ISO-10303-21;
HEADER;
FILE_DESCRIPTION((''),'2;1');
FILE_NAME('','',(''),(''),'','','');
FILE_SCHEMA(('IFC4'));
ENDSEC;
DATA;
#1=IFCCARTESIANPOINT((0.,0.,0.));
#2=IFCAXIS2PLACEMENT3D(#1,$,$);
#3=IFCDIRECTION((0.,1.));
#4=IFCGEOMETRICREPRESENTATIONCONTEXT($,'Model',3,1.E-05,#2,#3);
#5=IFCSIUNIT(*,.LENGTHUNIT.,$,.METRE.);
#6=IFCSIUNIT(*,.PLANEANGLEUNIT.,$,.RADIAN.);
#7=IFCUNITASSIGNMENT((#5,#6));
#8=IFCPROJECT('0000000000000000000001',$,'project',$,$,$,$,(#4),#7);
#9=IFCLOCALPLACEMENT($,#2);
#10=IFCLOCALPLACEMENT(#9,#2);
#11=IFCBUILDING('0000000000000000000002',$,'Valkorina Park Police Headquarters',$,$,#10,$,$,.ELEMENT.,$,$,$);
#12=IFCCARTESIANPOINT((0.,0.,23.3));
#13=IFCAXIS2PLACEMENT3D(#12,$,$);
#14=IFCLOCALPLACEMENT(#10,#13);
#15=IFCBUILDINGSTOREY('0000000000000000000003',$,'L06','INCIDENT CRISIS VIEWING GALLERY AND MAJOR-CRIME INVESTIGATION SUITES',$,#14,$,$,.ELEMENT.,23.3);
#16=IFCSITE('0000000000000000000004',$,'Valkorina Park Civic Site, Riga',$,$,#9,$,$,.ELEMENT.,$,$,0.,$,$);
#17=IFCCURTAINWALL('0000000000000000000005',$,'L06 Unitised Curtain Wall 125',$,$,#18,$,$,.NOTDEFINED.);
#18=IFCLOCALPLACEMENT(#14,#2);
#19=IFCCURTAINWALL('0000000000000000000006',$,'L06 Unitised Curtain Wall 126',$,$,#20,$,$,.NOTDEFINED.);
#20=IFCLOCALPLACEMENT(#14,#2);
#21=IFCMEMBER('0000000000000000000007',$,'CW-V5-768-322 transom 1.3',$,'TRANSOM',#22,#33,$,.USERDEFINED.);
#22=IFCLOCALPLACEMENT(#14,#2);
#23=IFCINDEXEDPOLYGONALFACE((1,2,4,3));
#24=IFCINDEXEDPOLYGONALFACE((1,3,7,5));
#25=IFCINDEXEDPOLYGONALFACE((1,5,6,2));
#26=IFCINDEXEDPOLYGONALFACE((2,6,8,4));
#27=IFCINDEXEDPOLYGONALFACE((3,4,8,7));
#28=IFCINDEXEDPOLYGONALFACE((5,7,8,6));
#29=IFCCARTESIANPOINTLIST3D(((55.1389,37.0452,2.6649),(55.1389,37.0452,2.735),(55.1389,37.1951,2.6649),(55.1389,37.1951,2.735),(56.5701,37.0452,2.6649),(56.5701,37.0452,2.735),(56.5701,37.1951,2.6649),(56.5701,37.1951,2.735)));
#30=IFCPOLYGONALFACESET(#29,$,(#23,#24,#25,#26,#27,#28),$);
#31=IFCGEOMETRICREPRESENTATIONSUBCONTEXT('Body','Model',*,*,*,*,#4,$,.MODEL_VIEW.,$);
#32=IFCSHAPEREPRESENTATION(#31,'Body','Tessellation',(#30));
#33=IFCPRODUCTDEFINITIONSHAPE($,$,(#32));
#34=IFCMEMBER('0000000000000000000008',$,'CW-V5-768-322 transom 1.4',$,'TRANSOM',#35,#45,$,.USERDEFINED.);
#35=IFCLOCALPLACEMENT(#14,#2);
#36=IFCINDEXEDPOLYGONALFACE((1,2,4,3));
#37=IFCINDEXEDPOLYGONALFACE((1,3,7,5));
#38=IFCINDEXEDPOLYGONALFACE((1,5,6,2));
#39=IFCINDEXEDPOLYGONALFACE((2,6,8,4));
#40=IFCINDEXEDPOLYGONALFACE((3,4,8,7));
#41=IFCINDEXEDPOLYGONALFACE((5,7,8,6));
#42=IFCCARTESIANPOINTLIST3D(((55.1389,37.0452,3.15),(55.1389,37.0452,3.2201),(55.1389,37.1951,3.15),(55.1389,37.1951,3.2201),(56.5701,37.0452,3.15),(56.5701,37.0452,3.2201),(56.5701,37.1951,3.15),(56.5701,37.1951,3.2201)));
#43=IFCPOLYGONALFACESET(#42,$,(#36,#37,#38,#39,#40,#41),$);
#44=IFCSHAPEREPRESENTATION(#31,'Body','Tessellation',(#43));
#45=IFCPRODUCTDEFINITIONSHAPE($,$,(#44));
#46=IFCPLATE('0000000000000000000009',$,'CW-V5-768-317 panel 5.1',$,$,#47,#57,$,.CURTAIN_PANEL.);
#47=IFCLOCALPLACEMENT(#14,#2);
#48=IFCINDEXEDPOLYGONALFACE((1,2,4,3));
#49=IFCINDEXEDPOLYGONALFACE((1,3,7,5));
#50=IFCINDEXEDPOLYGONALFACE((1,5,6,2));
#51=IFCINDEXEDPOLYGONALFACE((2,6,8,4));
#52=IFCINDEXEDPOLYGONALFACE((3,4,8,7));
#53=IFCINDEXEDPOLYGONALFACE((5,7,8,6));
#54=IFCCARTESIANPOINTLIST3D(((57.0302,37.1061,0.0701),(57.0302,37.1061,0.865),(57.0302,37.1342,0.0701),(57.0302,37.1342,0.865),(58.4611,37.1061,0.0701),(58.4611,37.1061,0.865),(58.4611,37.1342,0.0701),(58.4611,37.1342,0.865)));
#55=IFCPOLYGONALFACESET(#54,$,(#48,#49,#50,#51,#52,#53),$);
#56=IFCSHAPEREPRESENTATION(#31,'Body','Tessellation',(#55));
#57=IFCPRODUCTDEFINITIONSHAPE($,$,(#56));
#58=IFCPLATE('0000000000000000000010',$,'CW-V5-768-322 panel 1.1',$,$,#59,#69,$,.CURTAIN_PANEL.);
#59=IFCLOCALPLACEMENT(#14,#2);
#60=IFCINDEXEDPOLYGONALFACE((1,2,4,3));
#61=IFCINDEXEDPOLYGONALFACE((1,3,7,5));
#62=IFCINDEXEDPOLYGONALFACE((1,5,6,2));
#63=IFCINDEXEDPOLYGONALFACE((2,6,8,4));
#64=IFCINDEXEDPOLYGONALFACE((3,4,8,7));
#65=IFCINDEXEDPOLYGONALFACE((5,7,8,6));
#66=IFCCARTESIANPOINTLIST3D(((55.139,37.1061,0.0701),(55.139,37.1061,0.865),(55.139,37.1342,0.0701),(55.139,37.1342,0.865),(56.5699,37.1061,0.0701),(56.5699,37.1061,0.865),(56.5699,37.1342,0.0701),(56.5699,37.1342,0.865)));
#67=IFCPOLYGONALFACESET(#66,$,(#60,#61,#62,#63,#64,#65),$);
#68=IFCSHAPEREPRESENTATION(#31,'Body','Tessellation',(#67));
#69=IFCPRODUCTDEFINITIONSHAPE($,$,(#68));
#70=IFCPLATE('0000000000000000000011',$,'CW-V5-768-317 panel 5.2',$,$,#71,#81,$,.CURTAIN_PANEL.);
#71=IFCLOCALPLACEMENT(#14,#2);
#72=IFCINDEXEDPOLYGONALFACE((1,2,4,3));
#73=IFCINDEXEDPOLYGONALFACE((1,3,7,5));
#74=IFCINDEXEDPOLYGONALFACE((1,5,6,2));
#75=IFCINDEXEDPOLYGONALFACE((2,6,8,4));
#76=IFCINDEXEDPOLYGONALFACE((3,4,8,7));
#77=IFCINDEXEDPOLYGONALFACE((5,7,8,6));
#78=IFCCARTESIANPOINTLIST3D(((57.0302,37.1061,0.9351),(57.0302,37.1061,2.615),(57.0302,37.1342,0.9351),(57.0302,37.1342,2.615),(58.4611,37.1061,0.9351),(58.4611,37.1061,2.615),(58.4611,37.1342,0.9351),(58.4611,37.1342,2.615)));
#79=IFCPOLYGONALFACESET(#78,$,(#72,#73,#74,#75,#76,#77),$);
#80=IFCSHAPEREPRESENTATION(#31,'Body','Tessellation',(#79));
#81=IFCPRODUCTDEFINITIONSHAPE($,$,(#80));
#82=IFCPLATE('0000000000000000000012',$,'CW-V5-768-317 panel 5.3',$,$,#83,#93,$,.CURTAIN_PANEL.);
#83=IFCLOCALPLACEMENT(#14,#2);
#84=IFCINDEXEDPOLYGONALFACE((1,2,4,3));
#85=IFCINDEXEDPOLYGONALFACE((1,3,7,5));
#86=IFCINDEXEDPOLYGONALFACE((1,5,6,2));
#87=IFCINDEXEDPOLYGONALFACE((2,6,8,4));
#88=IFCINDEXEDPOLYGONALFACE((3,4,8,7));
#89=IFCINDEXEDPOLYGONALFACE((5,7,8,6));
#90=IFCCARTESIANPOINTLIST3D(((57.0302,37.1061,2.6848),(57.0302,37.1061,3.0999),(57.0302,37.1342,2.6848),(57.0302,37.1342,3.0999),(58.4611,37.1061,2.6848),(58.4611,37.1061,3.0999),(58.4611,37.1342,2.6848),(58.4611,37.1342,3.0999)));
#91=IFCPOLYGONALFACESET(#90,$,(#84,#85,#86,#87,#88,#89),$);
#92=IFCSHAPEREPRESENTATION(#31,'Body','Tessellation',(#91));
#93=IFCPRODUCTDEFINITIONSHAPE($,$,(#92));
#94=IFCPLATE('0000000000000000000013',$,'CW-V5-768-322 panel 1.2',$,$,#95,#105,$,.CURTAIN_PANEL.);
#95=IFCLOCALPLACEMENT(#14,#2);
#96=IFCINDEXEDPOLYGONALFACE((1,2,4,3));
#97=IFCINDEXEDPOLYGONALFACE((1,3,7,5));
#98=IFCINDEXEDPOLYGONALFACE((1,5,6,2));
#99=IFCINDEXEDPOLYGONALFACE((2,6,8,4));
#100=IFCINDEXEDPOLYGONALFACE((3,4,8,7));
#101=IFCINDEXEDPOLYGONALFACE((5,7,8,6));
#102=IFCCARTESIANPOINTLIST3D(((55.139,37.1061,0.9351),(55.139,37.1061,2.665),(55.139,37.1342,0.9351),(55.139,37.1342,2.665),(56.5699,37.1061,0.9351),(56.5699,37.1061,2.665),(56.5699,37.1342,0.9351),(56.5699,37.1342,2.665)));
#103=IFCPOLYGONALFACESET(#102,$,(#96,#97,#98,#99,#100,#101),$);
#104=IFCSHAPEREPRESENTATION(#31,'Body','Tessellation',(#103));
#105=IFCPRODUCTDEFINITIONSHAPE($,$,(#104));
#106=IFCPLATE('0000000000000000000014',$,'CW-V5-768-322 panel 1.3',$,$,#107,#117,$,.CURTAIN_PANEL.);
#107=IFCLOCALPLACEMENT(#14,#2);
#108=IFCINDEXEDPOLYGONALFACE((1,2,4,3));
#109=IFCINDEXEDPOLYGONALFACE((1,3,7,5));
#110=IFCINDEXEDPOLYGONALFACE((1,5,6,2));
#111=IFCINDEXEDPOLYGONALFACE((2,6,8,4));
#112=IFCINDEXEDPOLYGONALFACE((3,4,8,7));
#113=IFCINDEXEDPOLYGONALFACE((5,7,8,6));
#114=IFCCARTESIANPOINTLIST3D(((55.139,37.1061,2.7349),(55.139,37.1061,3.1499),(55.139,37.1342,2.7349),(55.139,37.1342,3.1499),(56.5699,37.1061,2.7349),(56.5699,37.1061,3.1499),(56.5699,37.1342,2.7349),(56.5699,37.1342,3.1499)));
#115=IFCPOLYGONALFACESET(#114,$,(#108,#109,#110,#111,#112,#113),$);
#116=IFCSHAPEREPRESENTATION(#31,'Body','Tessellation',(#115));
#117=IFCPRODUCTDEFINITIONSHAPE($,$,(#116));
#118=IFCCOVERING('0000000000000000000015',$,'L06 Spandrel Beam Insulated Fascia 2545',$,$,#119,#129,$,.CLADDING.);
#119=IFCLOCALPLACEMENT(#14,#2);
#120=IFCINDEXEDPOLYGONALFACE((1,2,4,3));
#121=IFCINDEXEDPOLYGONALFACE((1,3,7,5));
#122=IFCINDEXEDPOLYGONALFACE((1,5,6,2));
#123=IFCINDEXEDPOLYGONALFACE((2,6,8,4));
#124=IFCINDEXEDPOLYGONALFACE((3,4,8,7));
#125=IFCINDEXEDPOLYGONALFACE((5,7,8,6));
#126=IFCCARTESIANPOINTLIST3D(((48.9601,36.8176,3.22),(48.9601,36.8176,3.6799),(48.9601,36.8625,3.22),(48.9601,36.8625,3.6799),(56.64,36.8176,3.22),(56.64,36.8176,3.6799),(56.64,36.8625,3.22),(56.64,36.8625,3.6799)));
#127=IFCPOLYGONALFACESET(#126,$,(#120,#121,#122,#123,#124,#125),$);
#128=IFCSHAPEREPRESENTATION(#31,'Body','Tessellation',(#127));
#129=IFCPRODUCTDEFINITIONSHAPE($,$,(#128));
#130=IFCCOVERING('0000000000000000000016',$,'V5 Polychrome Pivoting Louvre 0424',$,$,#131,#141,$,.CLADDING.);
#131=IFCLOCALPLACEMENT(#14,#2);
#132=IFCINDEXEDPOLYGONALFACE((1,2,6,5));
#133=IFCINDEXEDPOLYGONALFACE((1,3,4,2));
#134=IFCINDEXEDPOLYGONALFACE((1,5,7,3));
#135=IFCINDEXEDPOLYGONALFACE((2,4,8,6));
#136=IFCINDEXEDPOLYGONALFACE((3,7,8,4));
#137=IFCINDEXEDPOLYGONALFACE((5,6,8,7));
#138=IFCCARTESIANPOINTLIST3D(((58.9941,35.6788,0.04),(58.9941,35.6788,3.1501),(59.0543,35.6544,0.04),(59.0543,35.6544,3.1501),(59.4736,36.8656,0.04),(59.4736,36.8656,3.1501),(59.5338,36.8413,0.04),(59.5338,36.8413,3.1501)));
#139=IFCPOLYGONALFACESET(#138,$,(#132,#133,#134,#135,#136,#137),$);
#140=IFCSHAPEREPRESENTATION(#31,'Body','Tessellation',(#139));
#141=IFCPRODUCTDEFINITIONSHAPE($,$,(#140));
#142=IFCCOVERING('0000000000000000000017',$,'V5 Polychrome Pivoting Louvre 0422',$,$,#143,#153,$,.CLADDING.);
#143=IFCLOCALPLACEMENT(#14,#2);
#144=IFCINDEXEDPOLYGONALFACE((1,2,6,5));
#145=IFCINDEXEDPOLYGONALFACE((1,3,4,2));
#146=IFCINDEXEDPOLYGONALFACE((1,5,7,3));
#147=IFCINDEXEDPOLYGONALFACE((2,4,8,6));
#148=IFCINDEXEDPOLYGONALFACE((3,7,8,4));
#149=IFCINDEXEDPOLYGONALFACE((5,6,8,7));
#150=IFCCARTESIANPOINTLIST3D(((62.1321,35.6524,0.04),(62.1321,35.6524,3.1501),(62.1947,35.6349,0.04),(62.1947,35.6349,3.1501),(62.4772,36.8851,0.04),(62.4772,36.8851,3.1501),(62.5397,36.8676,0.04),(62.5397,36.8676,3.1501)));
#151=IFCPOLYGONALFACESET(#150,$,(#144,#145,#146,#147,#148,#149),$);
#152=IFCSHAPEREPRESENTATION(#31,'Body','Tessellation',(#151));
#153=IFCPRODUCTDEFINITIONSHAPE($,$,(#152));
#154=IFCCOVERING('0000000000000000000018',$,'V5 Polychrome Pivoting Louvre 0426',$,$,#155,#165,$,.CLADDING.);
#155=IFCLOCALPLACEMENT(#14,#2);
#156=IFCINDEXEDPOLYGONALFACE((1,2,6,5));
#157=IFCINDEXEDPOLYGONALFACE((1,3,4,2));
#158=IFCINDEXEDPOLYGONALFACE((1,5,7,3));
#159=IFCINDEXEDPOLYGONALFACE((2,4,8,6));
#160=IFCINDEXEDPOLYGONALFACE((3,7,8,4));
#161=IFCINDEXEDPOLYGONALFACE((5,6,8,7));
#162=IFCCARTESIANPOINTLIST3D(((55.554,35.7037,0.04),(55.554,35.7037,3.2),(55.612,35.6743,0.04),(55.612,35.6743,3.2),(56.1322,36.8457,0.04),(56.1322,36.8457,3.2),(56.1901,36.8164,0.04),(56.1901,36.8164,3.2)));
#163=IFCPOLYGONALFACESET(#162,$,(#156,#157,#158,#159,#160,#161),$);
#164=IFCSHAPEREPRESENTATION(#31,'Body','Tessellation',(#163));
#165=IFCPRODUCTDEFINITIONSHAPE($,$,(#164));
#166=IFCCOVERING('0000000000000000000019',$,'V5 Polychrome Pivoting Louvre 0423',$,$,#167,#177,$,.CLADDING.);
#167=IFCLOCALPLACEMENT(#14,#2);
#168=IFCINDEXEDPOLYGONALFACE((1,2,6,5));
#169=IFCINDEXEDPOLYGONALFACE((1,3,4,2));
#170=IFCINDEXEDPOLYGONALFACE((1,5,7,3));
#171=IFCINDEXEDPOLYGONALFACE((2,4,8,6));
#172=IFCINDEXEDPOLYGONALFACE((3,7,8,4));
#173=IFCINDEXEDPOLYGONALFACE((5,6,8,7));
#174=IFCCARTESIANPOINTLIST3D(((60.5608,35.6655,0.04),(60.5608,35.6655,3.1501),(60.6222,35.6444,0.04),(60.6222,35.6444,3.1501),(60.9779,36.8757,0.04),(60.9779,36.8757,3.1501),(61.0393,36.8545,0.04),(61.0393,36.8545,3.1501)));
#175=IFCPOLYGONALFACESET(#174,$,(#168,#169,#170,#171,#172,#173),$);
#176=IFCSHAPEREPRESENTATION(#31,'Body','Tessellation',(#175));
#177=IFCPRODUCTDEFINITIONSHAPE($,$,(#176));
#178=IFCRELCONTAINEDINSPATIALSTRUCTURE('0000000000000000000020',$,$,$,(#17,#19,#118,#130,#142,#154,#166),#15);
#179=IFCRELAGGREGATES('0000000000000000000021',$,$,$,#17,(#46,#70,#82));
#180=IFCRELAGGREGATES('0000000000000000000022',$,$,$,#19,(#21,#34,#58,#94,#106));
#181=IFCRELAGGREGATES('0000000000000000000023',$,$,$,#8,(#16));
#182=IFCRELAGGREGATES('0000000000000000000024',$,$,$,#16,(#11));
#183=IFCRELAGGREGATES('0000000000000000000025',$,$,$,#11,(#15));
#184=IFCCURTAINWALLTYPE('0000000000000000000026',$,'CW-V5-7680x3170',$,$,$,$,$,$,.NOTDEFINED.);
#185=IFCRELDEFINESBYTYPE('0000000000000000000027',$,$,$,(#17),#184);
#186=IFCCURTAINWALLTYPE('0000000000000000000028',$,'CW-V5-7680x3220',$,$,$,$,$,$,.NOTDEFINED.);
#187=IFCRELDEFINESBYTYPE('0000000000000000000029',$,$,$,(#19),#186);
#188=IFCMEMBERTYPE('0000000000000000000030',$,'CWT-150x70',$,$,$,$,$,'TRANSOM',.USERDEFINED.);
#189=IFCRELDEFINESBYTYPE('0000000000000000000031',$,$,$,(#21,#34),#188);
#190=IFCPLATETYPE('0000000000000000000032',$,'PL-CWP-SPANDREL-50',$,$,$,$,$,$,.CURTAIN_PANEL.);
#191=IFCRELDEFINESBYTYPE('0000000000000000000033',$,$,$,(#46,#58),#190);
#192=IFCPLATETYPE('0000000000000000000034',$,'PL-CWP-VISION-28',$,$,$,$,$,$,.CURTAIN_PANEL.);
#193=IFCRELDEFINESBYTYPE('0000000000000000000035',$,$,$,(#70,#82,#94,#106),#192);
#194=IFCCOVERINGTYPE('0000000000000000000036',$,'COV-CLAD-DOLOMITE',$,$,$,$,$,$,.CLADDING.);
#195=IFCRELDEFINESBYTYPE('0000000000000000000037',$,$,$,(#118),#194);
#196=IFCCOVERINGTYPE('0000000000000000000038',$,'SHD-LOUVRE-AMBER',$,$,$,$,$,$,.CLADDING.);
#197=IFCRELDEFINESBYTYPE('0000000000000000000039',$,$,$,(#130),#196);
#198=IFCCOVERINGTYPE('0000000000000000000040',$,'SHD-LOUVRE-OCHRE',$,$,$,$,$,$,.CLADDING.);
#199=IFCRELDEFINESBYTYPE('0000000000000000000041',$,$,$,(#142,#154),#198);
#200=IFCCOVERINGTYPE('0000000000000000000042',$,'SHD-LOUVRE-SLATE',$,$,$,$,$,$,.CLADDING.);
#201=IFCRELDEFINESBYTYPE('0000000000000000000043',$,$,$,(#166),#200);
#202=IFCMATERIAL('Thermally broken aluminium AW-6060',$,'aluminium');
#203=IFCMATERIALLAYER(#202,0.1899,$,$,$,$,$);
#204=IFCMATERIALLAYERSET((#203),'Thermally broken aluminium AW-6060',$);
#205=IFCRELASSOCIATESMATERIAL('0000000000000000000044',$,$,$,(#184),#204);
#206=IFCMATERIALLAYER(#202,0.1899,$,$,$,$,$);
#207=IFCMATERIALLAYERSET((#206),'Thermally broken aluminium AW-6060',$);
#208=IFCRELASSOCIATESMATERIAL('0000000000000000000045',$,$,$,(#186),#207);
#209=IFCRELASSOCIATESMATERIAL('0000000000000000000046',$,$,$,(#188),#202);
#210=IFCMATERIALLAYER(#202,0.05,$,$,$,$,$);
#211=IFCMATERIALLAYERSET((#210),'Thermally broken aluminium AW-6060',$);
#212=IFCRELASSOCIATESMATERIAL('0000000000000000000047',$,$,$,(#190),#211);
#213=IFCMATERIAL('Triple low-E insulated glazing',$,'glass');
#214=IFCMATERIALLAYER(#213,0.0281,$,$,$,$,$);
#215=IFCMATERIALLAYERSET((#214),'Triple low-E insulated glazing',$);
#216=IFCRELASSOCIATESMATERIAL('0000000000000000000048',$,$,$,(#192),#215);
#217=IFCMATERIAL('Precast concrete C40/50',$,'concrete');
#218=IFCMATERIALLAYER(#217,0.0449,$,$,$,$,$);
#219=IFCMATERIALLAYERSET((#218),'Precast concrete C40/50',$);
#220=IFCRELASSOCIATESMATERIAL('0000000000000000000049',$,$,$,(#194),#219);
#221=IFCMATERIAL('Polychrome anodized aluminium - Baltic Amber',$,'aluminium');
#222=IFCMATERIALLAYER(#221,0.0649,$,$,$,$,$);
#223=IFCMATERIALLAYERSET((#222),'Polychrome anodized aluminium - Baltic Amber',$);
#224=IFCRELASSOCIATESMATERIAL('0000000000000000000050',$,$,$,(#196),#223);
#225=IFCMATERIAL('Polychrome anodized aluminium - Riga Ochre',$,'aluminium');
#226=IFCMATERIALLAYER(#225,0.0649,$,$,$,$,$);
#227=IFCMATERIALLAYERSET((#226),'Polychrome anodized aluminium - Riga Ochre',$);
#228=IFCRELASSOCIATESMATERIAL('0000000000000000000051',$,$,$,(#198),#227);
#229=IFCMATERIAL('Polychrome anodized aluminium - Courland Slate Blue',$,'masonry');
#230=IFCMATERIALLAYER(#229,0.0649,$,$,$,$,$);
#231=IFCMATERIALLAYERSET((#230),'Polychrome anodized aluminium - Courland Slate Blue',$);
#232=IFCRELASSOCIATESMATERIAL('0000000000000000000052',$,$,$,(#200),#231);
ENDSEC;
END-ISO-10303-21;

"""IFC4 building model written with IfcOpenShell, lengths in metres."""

from ifc_helpers import new_model, si_unit, direction, frame, frame_2d, origin, origin_2d, place, context, subcontext, project, spatial, rectangle, extrude, material, layer, layer_set, material_profile, profile_set, type_object, element, aggregate, save


model = new_model("IFC4")

# Units and contexts
model_context = context("Model", 3, precision=1e-05, world=origin(), true_north=direction((0.0, 1.0)))
body_context = subcontext(model_context, "Body", "Model", "MODEL_VIEW")
ifc_project = project(units=[si_unit("LENGTHUNIT", "METRE"), si_unit("PLANEANGLEUNIT", "RADIAN")], contexts=[model_context])

# Site, building, storey
site_placement = place(None, origin())
site = spatial("IfcSite", under=ifc_project, at=site_placement, Name="Valkorina Park Civic Site, Riga", CompositionType="ELEMENT", RefElevation=0.0)
building_placement = place(site_placement, origin())
building = spatial("IfcBuilding", under=site, at=building_placement, Name="Valkorina Park Police Headquarters", CompositionType="ELEMENT")
storey_placement = place(building_placement, frame((0.0, 0.0, 23.3)))
storey = spatial("IfcBuildingStorey", under=building, at=storey_placement, Name="L06", Description="INCIDENT CRISIS VIEWING GALLERY AND MAJOR-CRIME INVESTIGATION SUITES", CompositionType="ELEMENT", Elevation=23.3)

# Curtain wall
ifc_material_1 = material(Name="Thermally broken aluminium AW-6060", Category="aluminium")
ifc_layer_1 = layer(ifc_material_1, 0.1899)
ifc_layer_set_1 = layer_set([ifc_layer_1], Name="Thermally broken aluminium AW-6060")
curtain_wall_type_1 = type_object("IfcCurtainWallType", Name="CW-V5-7680x3170", PredefinedType="NOTDEFINED", material=ifc_layer_set_1)
curtain_wall_1_placement = place(storey_placement, origin())
curtain_wall_1 = element("IfcCurtainWall", 1, at=curtain_wall_1_placement, inside=storey, type_object=curtain_wall_type_1, Name="L06 Unitised Curtain Wall 125", PredefinedType="NOTDEFINED")

# Curtain wall
ifc_layer_2 = layer(ifc_material_1, 0.1899)
ifc_layer_set_2 = layer_set([ifc_layer_2], Name="Thermally broken aluminium AW-6060")
curtain_wall_type_2 = type_object("IfcCurtainWallType", Name="CW-V5-7680x3220", PredefinedType="NOTDEFINED", material=ifc_layer_set_2)
curtain_wall_2_placement = place(storey_placement, origin())
curtain_wall_2 = element("IfcCurtainWall", 2, at=curtain_wall_2_placement, inside=storey, type_object=curtain_wall_type_2, Name="L06 Unitised Curtain Wall 126", PredefinedType="NOTDEFINED")

# Members
ifc_material_profile_1 = material_profile(ifc_material_1, rectangle(XDim=0.1499, YDim=0.0701, at=origin_2d()), Name="CWT-02 150x70")
ifc_profile_set_1 = profile_set([ifc_material_profile_1], Name="Thermally broken aluminium AW-6060")
member_type_1 = type_object("IfcMemberType", Name="CWT-150x70", ElementType="TRANSOM", PredefinedType="USERDEFINED", material=ifc_profile_set_1)
member_1_placement = place(storey_placement, frame((56.5701, 37.1201, 2.7), z_axis=(-1.0, 0.0, 0.0), x_axis=(0.0, -1.0, 0.0)))
member_1 = element("IfcMember", 3, at=member_1_placement, type_object=member_type_1, Name="CW-V5-768-322 transom 1.3", ObjectType="TRANSOM", PredefinedType="USERDEFINED", context=body_context, shape_type="SweptSolid", body=[
    extrude(rectangle(XDim=0.1499, YDim=0.0701, at=origin_2d()), origin(), (0.0, 0.0, 1.0), 1.4312),
])
member_2_placement = place(storey_placement, frame((56.5701, 37.1201, 3.1851), z_axis=(-1.0, 0.0, 0.0), x_axis=(0.0, -1.0, 0.0)))
member_2 = element("IfcMember", 4, at=member_2_placement, type_object=member_type_1, Name="CW-V5-768-322 transom 1.4", ObjectType="TRANSOM", PredefinedType="USERDEFINED", context=body_context, shape_type="SweptSolid", body=[
    extrude(rectangle(XDim=0.1499, YDim=0.0701, at=origin_2d()), origin(), (0.0, 0.0, 1.0), 1.4312),
])

# Plates
ifc_layer_3 = layer(ifc_material_1, 0.05)
ifc_layer_set_3 = layer_set([ifc_layer_3], Name="Thermally broken aluminium AW-6060")
plate_type_1 = type_object("IfcPlateType", Name="PL-CWP-SPANDREL-50", PredefinedType="CURTAIN_PANEL", material=ifc_layer_set_3)
plate_1_placement = place(storey_placement, frame((57.7456, 37.1201, 0.0701), z_axis=(0.0, 0.0, 1.0), x_axis=(-1.0, 0.0, 0.0)))
plate_1 = element("IfcPlate", 5, at=plate_1_placement, type_object=plate_type_1, Name="CW-V5-768-317 panel 5.1", PredefinedType="CURTAIN_PANEL", context=body_context, shape_type="SweptSolid", body=[
    extrude(rectangle(XDim=1.4309, YDim=0.0281, at=origin_2d()), origin(), (0.0, 0.0, 1.0), 0.7949),
])
plate_2_placement = place(storey_placement, frame((55.8545, 37.1201, 0.0701), z_axis=(0.0, 0.0, 1.0), x_axis=(-1.0, 0.0, 0.0)))
plate_2 = element("IfcPlate", 6, at=plate_2_placement, type_object=plate_type_1, Name="CW-V5-768-322 panel 1.1", PredefinedType="CURTAIN_PANEL", context=body_context, shape_type="SweptSolid", body=[
    extrude(rectangle(XDim=1.4309, YDim=0.0281, at=origin_2d()), origin(), (0.0, 0.0, 1.0), 0.7949),
])
ifc_material_2 = material(Name="Triple low-E insulated glazing", Category="glass")
ifc_layer_4 = layer(ifc_material_2, 0.0281)
ifc_layer_set_4 = layer_set([ifc_layer_4], Name="Triple low-E insulated glazing")
plate_type_2 = type_object("IfcPlateType", Name="PL-CWP-VISION-28", PredefinedType="CURTAIN_PANEL", material=ifc_layer_set_4)
plate_3_placement = place(storey_placement, frame((57.7456, 37.1201, 0.9351), z_axis=(0.0, 0.0, 1.0), x_axis=(-1.0, 0.0, 0.0)))
plate_3 = element("IfcPlate", 7, at=plate_3_placement, type_object=plate_type_2, Name="CW-V5-768-317 panel 5.2", PredefinedType="CURTAIN_PANEL", context=body_context, shape_type="SweptSolid", body=[
    extrude(rectangle(XDim=1.4309, YDim=0.0281, at=origin_2d()), origin(), (0.0, 0.0, 1.0), 1.6799),
])
plate_4_placement = place(storey_placement, frame((57.7456, 37.1201, 2.6848), z_axis=(0.0, 0.0, 1.0), x_axis=(-1.0, 0.0, 0.0)))
plate_4 = element("IfcPlate", 8, at=plate_4_placement, type_object=plate_type_2, Name="CW-V5-768-317 panel 5.3", PredefinedType="CURTAIN_PANEL", context=body_context, shape_type="SweptSolid", body=[
    extrude(rectangle(XDim=1.4309, YDim=0.0281, at=origin_2d()), origin(), (0.0, 0.0, 1.0), 0.415),
])
aggregate(curtain_wall_1, [plate_1, plate_3, plate_4])
plate_5_placement = place(storey_placement, frame((55.8545, 37.1201, 0.9351), z_axis=(0.0, 0.0, 1.0), x_axis=(-1.0, 0.0, 0.0)))
plate_5 = element("IfcPlate", 9, at=plate_5_placement, type_object=plate_type_2, Name="CW-V5-768-322 panel 1.2", PredefinedType="CURTAIN_PANEL", context=body_context, shape_type="SweptSolid", body=[
    extrude(rectangle(XDim=1.4309, YDim=0.0281, at=origin_2d()), origin(), (0.0, 0.0, 1.0), 1.73),
])
plate_6_placement = place(storey_placement, frame((55.8545, 37.1201, 2.7349), z_axis=(0.0, 0.0, 1.0), x_axis=(-1.0, 0.0, 0.0)))
plate_6 = element("IfcPlate", 10, at=plate_6_placement, type_object=plate_type_2, Name="CW-V5-768-322 panel 1.3", PredefinedType="CURTAIN_PANEL", context=body_context, shape_type="SweptSolid", body=[
    extrude(rectangle(XDim=1.4309, YDim=0.0281, at=origin_2d()), origin(), (0.0, 0.0, 1.0), 0.415),
])
aggregate(curtain_wall_2, [member_1, member_2, plate_2, plate_5, plate_6])

# Coverings
ifc_material_3 = material(Name="Precast concrete C40/50", Category="concrete")
ifc_layer_5 = layer(ifc_material_3, 0.0449)
ifc_layer_set_5 = layer_set([ifc_layer_5], Name="Precast concrete C40/50")
covering_type_1 = type_object("IfcCoveringType", Name="COV-CLAD-DOLOMITE", PredefinedType="CLADDING", material=ifc_layer_set_5)
covering_1_placement = place(storey_placement, frame((56.6399, 36.8401, 3.22), z_axis=(0.0, 0.0, 1.0), x_axis=(-1.0, 0.0, 0.0)))
element("IfcCovering", 11, at=covering_1_placement, inside=storey, type_object=covering_type_1, Name="L06 Spandrel Beam Insulated Fascia 2545", PredefinedType="CLADDING", context=body_context, shape_type="SweptSolid", body=[
    extrude(rectangle(XDim=7.6799, YDim=0.0449, at=frame_2d((3.8398, 0.0))), origin(), (0.0, 0.0, 1.0), 0.46),
])
ifc_material_4 = material(Name="Polychrome anodized aluminium - Baltic Amber", Category="aluminium")
ifc_layer_6 = layer(ifc_material_4, 0.0649)
ifc_layer_set_6 = layer_set([ifc_layer_6], Name="Polychrome anodized aluminium - Baltic Amber")
covering_type_2 = type_object("IfcCoveringType", Name="SHD-LOUVRE-AMBER", PredefinedType="CLADDING", material=ifc_layer_set_6)
covering_2_placement = place(storey_placement, frame((59.2639, 36.26, 0.04), z_axis=(0.0, 0.0, 1.0), x_axis=(-0.374607, -0.927184, 0.0)))
element("IfcCovering", 12, at=covering_2_placement, inside=storey, type_object=covering_type_2, Name="V5 Polychrome Pivoting Louvre 0424", PredefinedType="CLADDING", context=body_context, shape_type="SweptSolid", body=[
    extrude(rectangle(XDim=1.28, YDim=0.0649, at=origin_2d()), origin(), (0.0, 0.0, 1.0), 3.1101),
])
ifc_material_5 = material(Name="Polychrome anodized aluminium - Riga Ochre", Category="aluminium")
ifc_layer_7 = layer(ifc_material_5, 0.0649)
ifc_layer_set_7 = layer_set([ifc_layer_7], Name="Polychrome anodized aluminium - Riga Ochre")
covering_type_3 = type_object("IfcCoveringType", Name="SHD-LOUVRE-OCHRE", PredefinedType="CLADDING", material=ifc_layer_set_7)
covering_3_placement = place(storey_placement, frame((62.3359, 36.26, 0.04), z_axis=(0.0, 0.0, 1.0), x_axis=(-0.269592, -0.962975, 0.0)))
element("IfcCovering", 13, at=covering_3_placement, inside=storey, type_object=covering_type_3, Name="V5 Polychrome Pivoting Louvre 0422", PredefinedType="CLADDING", context=body_context, shape_type="SweptSolid", body=[
    extrude(rectangle(XDim=1.28, YDim=0.0649, at=origin_2d()), origin(), (0.0, 0.0, 1.0), 3.1101),
])
covering_4_placement = place(storey_placement, frame((55.8721, 36.26, 0.04), z_axis=(0.0, 0.0, 1.0), x_axis=(-0.451656, -0.892192, 0.0)))
element("IfcCovering", 14, at=covering_4_placement, inside=storey, type_object=covering_type_3, Name="V5 Polychrome Pivoting Louvre 0426", PredefinedType="CLADDING", context=body_context, shape_type="SweptSolid", body=[
    extrude(rectangle(XDim=1.28, YDim=0.0649, at=origin_2d()), origin(), (0.0, 0.0, 1.0), 3.1599),
])
ifc_material_6 = material(Name="Polychrome anodized aluminium - Courland Slate Blue", Category="masonry")
ifc_layer_8 = layer(ifc_material_6, 0.0649)
ifc_layer_set_8 = layer_set([ifc_layer_8], Name="Polychrome anodized aluminium - Courland Slate Blue")
covering_type_4 = type_object("IfcCoveringType", Name="SHD-LOUVRE-SLATE", PredefinedType="CLADDING", material=ifc_layer_set_8)
covering_5_placement = place(storey_placement, frame((60.8, 36.26, 0.04), z_axis=(0.0, 0.0, 1.0), x_axis=(-0.325898, -0.945405, 0.0)))
element("IfcCovering", 15, at=covering_5_placement, inside=storey, type_object=covering_type_4, Name="V5 Polychrome Pivoting Louvre 0423", PredefinedType="CLADDING", context=body_context, shape_type="SweptSolid", body=[
    extrude(rectangle(XDim=1.28, YDim=0.0649, at=origin_2d()), origin(), (0.0, 0.0, 1.0), 3.1101),
])

save(model, "model.ifc")
